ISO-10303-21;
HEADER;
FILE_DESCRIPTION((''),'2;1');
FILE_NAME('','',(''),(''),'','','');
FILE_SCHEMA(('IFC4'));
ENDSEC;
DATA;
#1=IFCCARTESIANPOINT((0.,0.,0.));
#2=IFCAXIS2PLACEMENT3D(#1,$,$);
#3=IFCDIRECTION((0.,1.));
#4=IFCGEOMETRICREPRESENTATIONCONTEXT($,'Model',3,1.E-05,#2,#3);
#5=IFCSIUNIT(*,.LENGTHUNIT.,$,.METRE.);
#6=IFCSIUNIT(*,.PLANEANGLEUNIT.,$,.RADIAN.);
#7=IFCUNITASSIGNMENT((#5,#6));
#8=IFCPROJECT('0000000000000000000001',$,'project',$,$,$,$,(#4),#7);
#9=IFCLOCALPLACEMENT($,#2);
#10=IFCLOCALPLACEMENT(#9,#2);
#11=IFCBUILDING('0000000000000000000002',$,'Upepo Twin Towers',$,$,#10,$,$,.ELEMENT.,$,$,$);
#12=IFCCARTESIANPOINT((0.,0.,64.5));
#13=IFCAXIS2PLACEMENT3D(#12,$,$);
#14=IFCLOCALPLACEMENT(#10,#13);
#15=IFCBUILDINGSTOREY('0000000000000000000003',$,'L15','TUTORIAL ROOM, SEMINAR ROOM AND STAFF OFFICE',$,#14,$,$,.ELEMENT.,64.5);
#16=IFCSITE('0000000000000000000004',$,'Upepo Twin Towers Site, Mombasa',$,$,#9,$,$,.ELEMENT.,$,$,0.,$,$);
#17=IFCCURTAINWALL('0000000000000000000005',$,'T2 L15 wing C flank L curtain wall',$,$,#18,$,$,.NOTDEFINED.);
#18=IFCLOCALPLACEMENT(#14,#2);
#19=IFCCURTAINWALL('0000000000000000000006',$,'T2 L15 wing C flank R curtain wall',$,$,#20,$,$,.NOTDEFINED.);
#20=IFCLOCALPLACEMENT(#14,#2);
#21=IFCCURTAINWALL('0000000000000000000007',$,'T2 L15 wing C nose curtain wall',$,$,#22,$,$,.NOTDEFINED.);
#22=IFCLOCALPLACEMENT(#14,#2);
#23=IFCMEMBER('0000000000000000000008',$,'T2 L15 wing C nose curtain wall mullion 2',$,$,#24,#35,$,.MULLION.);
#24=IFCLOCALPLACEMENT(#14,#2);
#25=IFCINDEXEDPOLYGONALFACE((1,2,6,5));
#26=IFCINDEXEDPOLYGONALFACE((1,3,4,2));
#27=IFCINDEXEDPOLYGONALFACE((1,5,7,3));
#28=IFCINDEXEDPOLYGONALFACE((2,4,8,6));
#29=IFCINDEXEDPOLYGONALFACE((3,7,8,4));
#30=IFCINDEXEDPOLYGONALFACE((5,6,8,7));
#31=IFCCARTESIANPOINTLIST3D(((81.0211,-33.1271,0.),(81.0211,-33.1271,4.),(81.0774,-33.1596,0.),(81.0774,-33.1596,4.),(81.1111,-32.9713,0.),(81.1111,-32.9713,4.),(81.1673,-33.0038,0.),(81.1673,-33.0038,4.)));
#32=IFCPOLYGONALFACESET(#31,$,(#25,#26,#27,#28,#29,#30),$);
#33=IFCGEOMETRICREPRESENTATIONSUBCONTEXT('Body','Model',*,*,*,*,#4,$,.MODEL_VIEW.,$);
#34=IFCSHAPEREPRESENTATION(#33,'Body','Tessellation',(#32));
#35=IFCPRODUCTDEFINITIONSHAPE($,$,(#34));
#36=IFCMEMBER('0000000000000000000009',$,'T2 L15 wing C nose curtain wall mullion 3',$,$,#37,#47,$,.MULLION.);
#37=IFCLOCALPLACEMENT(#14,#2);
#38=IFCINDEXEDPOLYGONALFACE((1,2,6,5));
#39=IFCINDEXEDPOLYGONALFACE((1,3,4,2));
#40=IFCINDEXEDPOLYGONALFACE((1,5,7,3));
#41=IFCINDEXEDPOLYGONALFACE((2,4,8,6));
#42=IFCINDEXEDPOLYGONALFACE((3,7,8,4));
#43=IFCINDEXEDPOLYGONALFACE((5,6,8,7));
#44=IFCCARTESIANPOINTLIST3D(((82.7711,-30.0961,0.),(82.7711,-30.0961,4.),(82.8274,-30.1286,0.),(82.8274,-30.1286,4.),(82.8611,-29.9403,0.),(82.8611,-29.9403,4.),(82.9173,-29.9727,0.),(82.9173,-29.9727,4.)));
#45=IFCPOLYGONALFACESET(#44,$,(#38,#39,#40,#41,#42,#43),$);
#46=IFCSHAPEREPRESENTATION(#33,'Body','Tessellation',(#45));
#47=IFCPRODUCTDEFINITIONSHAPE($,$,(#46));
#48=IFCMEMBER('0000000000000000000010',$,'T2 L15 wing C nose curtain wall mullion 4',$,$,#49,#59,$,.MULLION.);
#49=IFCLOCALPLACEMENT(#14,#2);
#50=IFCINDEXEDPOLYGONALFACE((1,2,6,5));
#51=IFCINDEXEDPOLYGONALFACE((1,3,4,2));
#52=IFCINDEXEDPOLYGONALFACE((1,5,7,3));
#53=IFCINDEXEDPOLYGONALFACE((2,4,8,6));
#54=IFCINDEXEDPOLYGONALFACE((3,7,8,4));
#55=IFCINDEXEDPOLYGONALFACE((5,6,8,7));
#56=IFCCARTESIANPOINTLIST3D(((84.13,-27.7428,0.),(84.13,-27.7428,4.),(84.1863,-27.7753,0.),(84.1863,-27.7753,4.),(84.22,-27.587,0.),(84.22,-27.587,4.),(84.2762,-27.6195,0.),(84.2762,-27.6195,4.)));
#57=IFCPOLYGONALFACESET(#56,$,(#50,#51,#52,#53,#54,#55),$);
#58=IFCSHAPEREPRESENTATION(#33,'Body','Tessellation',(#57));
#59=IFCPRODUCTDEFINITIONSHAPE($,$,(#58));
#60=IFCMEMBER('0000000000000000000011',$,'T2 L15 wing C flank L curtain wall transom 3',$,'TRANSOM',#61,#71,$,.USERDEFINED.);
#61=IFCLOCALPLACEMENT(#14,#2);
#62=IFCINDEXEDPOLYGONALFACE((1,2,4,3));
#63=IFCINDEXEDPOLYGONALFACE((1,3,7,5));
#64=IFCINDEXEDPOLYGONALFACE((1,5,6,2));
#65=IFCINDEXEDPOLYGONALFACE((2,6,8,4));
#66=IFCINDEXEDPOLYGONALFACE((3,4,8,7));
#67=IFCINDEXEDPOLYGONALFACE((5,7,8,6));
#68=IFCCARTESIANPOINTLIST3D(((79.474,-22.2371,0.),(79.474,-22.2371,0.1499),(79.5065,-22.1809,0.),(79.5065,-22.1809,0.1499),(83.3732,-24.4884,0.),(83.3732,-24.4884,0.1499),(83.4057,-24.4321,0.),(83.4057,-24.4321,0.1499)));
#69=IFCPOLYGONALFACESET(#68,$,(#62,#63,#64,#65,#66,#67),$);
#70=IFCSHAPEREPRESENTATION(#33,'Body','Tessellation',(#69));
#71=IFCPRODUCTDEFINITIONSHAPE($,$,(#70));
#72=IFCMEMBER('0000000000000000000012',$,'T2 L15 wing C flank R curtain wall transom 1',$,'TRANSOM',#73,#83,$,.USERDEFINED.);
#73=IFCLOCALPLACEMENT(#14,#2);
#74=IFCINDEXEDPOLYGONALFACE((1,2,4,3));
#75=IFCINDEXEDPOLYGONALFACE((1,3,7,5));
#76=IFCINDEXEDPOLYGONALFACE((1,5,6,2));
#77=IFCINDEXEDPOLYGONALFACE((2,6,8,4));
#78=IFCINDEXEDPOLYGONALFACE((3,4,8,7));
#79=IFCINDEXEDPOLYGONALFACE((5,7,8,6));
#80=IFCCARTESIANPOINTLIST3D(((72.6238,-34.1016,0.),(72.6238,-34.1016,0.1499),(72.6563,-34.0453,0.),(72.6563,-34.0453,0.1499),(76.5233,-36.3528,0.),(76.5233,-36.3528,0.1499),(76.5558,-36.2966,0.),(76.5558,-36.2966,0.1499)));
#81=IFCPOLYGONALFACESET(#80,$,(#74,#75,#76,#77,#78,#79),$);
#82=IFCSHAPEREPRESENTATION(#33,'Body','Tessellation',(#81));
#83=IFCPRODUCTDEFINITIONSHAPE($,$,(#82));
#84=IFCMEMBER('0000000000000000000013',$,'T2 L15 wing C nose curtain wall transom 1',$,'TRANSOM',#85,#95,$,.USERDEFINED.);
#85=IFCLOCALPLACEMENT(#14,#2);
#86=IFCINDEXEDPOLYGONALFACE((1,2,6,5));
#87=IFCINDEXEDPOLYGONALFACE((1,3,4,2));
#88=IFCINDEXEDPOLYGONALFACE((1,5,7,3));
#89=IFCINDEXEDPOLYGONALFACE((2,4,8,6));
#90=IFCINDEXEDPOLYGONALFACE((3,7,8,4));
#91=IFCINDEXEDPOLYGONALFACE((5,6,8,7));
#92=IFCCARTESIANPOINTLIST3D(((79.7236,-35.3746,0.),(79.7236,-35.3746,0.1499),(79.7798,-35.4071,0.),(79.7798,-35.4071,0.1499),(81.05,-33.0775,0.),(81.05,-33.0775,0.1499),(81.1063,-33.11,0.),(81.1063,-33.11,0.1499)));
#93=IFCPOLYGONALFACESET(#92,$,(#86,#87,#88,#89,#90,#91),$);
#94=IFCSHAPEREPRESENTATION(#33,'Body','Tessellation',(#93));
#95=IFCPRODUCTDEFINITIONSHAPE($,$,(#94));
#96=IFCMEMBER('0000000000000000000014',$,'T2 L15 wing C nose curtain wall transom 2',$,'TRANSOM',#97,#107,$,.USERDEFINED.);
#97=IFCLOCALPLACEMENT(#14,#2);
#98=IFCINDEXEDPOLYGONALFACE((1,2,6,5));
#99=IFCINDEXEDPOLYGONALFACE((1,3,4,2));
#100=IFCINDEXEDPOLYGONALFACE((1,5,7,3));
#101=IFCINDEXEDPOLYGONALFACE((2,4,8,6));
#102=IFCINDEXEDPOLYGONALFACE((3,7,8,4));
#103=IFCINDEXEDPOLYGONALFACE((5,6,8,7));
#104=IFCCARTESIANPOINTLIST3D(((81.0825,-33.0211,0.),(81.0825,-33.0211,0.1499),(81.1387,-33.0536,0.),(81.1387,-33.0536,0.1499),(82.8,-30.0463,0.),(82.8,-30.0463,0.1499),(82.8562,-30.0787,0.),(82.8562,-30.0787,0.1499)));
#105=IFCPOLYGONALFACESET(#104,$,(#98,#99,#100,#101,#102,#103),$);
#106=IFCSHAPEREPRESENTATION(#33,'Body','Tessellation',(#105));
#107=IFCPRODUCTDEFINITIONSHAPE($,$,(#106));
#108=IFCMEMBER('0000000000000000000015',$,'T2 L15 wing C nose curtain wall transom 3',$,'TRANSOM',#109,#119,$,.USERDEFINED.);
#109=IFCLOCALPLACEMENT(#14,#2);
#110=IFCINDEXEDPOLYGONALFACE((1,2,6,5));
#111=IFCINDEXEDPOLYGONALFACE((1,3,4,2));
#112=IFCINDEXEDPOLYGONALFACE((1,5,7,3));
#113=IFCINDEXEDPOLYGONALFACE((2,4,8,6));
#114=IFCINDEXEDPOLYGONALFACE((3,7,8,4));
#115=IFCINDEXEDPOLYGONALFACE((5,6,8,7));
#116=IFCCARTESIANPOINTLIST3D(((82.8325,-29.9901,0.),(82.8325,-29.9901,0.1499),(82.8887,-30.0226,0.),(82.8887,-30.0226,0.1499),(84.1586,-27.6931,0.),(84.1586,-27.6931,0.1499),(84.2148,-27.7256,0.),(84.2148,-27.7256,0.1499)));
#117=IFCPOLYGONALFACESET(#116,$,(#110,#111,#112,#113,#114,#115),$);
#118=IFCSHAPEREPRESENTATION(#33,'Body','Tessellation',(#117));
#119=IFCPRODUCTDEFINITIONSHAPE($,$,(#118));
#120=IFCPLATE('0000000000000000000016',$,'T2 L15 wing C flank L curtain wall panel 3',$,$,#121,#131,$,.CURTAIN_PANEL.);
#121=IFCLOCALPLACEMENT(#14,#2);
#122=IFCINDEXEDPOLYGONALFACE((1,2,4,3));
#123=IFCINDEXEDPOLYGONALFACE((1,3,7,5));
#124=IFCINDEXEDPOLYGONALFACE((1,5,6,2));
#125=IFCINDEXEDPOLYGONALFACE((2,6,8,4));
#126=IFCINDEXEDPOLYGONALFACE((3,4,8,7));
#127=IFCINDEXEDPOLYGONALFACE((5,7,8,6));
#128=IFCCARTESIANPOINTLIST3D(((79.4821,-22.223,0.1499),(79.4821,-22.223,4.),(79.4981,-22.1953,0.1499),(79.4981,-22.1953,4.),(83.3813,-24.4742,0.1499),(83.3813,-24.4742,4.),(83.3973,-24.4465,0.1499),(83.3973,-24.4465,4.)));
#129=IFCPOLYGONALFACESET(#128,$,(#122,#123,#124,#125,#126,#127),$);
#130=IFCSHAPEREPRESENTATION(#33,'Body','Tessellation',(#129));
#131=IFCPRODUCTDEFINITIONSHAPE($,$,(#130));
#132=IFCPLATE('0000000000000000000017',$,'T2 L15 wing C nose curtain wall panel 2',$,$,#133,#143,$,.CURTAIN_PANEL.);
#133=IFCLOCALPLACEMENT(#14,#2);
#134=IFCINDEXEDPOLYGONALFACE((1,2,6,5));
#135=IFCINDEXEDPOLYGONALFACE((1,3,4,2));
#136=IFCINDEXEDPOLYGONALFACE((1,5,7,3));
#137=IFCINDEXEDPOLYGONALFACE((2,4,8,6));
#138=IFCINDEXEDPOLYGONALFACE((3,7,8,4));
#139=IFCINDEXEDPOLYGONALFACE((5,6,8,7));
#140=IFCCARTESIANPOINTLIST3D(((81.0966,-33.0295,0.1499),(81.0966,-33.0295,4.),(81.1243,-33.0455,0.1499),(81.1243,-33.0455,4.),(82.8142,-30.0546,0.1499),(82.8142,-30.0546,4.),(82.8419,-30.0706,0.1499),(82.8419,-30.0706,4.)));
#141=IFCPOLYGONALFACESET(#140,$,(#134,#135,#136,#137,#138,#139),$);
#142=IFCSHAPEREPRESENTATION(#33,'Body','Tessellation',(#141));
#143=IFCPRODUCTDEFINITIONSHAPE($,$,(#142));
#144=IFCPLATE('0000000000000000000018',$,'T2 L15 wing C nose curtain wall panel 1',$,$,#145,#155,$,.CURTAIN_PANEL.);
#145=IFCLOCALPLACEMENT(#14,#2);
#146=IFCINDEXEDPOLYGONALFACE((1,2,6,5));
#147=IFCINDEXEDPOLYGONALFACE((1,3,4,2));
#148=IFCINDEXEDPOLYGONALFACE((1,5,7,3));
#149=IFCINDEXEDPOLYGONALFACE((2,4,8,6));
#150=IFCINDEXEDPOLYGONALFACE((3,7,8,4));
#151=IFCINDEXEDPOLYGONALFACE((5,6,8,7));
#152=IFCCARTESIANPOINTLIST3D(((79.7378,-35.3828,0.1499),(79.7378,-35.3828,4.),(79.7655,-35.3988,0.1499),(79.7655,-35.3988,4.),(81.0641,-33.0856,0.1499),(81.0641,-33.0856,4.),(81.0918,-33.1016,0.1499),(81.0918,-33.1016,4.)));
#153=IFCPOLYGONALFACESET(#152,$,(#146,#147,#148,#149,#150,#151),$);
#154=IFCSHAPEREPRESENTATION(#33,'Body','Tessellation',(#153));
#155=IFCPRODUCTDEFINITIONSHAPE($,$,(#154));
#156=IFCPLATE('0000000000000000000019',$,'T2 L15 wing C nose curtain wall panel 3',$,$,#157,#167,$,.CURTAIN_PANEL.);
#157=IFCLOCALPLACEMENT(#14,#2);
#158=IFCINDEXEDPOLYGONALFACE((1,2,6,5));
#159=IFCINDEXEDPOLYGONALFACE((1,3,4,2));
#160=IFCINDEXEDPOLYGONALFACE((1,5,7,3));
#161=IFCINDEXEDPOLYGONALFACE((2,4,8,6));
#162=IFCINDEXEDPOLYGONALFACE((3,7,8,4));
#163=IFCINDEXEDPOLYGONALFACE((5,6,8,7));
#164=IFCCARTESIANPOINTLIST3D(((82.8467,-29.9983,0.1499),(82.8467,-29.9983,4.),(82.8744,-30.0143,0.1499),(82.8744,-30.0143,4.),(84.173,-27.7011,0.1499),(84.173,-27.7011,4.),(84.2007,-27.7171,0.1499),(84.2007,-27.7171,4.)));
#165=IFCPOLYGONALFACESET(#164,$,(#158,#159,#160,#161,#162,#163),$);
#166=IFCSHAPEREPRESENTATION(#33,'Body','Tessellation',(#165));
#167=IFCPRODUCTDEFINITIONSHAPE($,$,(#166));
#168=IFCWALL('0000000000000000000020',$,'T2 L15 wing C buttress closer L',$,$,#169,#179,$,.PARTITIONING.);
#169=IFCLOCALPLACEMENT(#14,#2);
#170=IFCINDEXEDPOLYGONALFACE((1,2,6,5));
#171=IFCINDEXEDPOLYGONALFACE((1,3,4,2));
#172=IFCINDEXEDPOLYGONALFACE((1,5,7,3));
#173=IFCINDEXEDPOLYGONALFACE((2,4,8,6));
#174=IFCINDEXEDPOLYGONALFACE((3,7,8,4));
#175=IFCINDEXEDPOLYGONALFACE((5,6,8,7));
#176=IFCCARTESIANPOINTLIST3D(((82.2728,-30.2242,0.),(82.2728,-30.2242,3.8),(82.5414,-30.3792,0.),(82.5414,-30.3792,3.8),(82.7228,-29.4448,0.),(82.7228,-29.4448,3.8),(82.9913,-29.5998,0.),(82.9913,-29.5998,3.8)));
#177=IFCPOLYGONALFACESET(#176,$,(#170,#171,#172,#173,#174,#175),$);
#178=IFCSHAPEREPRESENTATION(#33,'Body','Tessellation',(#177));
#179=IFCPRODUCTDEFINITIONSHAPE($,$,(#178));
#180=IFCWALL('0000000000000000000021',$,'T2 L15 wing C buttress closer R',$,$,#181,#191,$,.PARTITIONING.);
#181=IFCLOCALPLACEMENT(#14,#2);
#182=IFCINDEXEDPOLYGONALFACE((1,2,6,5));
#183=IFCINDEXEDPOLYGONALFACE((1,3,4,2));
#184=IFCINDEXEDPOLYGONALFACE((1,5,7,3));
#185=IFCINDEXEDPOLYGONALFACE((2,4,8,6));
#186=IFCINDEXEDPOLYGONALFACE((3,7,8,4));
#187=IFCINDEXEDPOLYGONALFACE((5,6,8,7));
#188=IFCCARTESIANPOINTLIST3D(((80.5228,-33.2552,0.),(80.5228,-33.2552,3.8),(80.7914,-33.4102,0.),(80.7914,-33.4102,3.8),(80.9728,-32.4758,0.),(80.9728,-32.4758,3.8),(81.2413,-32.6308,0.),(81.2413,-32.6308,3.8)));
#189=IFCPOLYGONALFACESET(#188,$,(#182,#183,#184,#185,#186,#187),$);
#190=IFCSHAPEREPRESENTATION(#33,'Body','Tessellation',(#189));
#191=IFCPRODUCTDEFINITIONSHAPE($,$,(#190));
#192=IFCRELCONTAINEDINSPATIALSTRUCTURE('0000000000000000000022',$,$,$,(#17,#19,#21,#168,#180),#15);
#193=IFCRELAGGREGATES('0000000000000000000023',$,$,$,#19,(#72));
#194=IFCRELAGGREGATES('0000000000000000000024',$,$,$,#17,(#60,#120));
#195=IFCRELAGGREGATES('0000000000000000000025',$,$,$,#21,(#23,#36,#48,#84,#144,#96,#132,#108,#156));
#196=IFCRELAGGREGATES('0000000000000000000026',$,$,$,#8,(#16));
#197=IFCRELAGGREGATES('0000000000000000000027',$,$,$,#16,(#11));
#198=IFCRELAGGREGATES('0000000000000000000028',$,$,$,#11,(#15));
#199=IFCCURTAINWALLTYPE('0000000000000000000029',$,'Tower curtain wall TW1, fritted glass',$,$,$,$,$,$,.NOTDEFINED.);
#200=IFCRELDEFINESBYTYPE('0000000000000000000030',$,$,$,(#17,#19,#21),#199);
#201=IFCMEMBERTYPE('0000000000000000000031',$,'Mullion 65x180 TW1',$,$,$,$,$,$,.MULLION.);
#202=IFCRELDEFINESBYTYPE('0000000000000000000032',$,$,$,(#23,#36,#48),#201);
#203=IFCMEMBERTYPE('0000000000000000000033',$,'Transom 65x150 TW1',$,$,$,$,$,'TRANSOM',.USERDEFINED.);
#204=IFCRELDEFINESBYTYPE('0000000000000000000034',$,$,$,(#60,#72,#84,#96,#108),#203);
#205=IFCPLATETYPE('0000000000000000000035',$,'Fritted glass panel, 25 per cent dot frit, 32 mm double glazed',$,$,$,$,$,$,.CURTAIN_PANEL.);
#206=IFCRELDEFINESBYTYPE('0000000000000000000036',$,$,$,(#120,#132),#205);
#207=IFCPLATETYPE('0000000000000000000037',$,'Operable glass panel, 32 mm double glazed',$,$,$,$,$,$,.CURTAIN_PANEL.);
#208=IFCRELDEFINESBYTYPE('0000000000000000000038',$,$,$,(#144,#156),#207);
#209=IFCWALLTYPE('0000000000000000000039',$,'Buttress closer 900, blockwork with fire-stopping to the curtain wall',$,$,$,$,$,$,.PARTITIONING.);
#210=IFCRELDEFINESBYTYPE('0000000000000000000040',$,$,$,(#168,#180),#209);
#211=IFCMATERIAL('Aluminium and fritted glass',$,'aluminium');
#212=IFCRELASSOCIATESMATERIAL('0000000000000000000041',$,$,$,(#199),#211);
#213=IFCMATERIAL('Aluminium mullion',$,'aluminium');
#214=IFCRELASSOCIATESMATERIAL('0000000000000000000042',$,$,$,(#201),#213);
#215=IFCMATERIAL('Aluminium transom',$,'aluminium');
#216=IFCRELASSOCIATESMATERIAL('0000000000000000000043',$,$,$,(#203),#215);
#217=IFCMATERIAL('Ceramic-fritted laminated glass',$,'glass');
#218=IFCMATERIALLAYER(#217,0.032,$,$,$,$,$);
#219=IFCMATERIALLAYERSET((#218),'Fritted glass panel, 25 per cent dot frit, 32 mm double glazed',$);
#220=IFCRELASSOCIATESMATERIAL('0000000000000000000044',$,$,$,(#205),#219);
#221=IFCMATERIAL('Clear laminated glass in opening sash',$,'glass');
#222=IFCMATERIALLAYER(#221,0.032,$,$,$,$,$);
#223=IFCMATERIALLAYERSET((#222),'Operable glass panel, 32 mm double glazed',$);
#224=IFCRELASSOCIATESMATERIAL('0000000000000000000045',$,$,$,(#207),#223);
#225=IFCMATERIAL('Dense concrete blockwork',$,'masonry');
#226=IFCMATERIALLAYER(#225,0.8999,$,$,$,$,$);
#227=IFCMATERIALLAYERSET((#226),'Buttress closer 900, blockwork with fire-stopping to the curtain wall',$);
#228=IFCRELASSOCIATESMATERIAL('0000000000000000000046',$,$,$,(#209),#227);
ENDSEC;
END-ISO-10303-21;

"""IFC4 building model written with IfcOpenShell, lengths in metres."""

from ifc_helpers import new_model, si_unit, direction, frame, frame_2d, origin, origin_2d, place, context, subcontext, project, spatial, rectangle, extrude, material, layer, layer_set, material_profile, profile_set, type_object, element, aggregate, save


model = new_model("IFC4")

# Units and contexts
model_context = context("Model", 3, precision=1e-05, world=origin(), true_north=direction((0.0, 1.0)))
body_context = subcontext(model_context, "Body", "Model", "MODEL_VIEW")
ifc_project = project(units=[si_unit("LENGTHUNIT", "METRE"), si_unit("PLANEANGLEUNIT", "RADIAN")], contexts=[model_context])

# Site, building, storey
site_placement = place(None, origin())
site = spatial("IfcSite", under=ifc_project, at=site_placement, Name="Upepo Twin Towers Site, Mombasa", CompositionType="ELEMENT", RefElevation=0.0)
building_placement = place(site_placement, origin())
building = spatial("IfcBuilding", under=site, at=building_placement, Name="Upepo Twin Towers", CompositionType="ELEMENT")
storey_placement = place(building_placement, frame((0.0, 0.0, 64.5)))
storey = spatial("IfcBuildingStorey", under=building, at=storey_placement, Name="L15", Description="TUTORIAL ROOM, SEMINAR ROOM AND STAFF OFFICE", CompositionType="ELEMENT", Elevation=64.5)

# Curtain wall
ifc_material_1 = material(Name="Aluminium and fritted glass", Category="aluminium")
curtain_wall_type = type_object("IfcCurtainWallType", Name="Tower curtain wall TW1, fritted glass", PredefinedType="NOTDEFINED", material=ifc_material_1)
curtain_wall_1_placement = place(storey_placement, origin())
curtain_wall_1 = element("IfcCurtainWall", 1, at=curtain_wall_1_placement, inside=storey, type_object=curtain_wall_type, Name="T2 L15 wing C flank L curtain wall", PredefinedType="NOTDEFINED")
ifc_material_2 = material(Name="Aluminium mullion", Category="aluminium")
ifc_material_profile_1 = material_profile(ifc_material_2, rectangle(XDim=0.0649, YDim=0.1799, at=origin_2d()), Name="MULLION 65x180")
ifc_profile_set_1 = profile_set([ifc_material_profile_1], Name="Aluminium mullion")
member_type_1 = type_object("IfcMemberType", Name="Mullion 65x180 TW1", PredefinedType="MULLION", material=ifc_profile_set_1)

# Curtain wall
curtain_wall_2_placement = place(storey_placement, origin())
curtain_wall_2 = element("IfcCurtainWall", 2, at=curtain_wall_2_placement, inside=storey, type_object=curtain_wall_type, Name="T2 L15 wing C flank R curtain wall", PredefinedType="NOTDEFINED")

# Curtain wall, members
curtain_wall_3_placement = place(storey_placement, origin())
curtain_wall_3 = element("IfcCurtainWall", 3, at=curtain_wall_3_placement, inside=storey, type_object=curtain_wall_type, Name="T2 L15 wing C nose curtain wall", PredefinedType="NOTDEFINED")
member_1_placement = place(storey_placement, frame((81.0942, -33.0654, 0.0), z_axis=(0.0, 0.0, 1.0), x_axis=(-0.866025, 0.5, 0.0)))
member_1 = element("IfcMember", 4, at=member_1_placement, type_object=member_type_1, Name="T2 L15 wing C nose curtain wall mullion 2", PredefinedType="MULLION", context=body_context, shape_type="SweptSolid", body=[
    extrude(rectangle(XDim=0.0649, YDim=0.1799, at=origin_2d()), origin(), (0.0, 0.0, 1.0), 4.0),
])
member_2_placement = place(storey_placement, frame((82.8442, -30.0344, 0.0), z_axis=(0.0, 0.0, 1.0), x_axis=(-0.866025, 0.5, 0.0)))
member_2 = element("IfcMember", 5, at=member_2_placement, type_object=member_type_1, Name="T2 L15 wing C nose curtain wall mullion 3", PredefinedType="MULLION", context=body_context, shape_type="SweptSolid", body=[
    extrude(rectangle(XDim=0.0649, YDim=0.1799, at=origin_2d()), origin(), (0.0, 0.0, 1.0), 4.0),
])
member_3_placement = place(storey_placement, frame((84.2031, -27.6812, 0.0), z_axis=(0.0, 0.0, 1.0), x_axis=(-0.866025, 0.5, 0.0)))
member_3 = element("IfcMember", 6, at=member_3_placement, type_object=member_type_1, Name="T2 L15 wing C nose curtain wall mullion 4", PredefinedType="MULLION", context=body_context, shape_type="SweptSolid", body=[
    extrude(rectangle(XDim=0.0649, YDim=0.1799, at=origin_2d()), origin(), (0.0, 0.0, 1.0), 4.0),
])

# Members
ifc_material_3 = material(Name="Aluminium transom", Category="aluminium")
ifc_material_profile_2 = material_profile(ifc_material_3, rectangle(XDim=0.0649, YDim=0.1499, at=origin_2d()), Name="TRANSOM 65x150")
ifc_profile_set_2 = profile_set([ifc_material_profile_2], Name="Aluminium transom")
member_type_2 = type_object("IfcMemberType", Name="Transom 65x150 TW1", ElementType="TRANSOM", PredefinedType="USERDEFINED", material=ifc_profile_set_2)
member_4_placement = place(storey_placement, frame((79.4902, -22.209, 0.075), z_axis=(0.866022, -0.500006, 0.0), x_axis=(0.500006, 0.866022, 0.0)))
member_4 = element("IfcMember", 7, at=member_4_placement, type_object=member_type_2, Name="T2 L15 wing C flank L curtain wall transom 3", ObjectType="TRANSOM", PredefinedType="USERDEFINED", context=body_context, shape_type="SweptSolid", body=[
    extrude(rectangle(XDim=0.0649, YDim=0.1499, at=origin_2d()), origin(), (0.0, 0.0, 1.0), 4.5024),
])
member_5_placement = place(storey_placement, frame((76.5396, -36.3247, 0.075), z_axis=(-0.866036, 0.499982, 0.0), x_axis=(-0.499982, -0.866036, 0.0)))
member_5 = element("IfcMember", 8, at=member_5_placement, type_object=member_type_2, Name="T2 L15 wing C flank R curtain wall transom 1", ObjectType="TRANSOM", PredefinedType="USERDEFINED", context=body_context, shape_type="SweptSolid", body=[
    extrude(rectangle(XDim=0.0649, YDim=0.1499, at=origin_2d()), origin(), (0.0, 0.0, 1.0), 4.5027),
])
aggregate(curtain_wall_2, [member_5])
member_6_placement = place(storey_placement, frame((79.7517, -35.3909, 0.075), z_axis=(0.500049, 0.865997, 0.0), x_axis=(-0.865997, 0.500049, 0.0)))
member_6 = element("IfcMember", 9, at=member_6_placement, type_object=member_type_2, Name="T2 L15 wing C nose curtain wall transom 1", ObjectType="TRANSOM", PredefinedType="USERDEFINED", context=body_context, shape_type="SweptSolid", body=[
    extrude(rectangle(XDim=0.0649, YDim=0.1499, at=origin_2d()), origin(), (0.0, 0.0, 1.0), 2.6526),
])
member_7_placement = place(storey_placement, frame((81.1106, -33.0374, 0.075), z_axis=(0.499999, 0.866026, 0.0), x_axis=(-0.866026, 0.499999, 0.0)))
member_7 = element("IfcMember", 10, at=member_7_placement, type_object=member_type_2, Name="T2 L15 wing C nose curtain wall transom 2", ObjectType="TRANSOM", PredefinedType="USERDEFINED", context=body_context, shape_type="SweptSolid", body=[
    extrude(rectangle(XDim=0.0649, YDim=0.1499, at=origin_2d()), origin(), (0.0, 0.0, 1.0), 3.4351),
])
member_8_placement = place(storey_placement, frame((82.8606, -30.0063, 0.075), z_axis=(0.49998, 0.866037, 0.0), x_axis=(-0.866037, 0.49998, 0.0)))
member_8 = element("IfcMember", 11, at=member_8_placement, type_object=member_type_2, Name="T2 L15 wing C nose curtain wall transom 3", ObjectType="TRANSOM", PredefinedType="USERDEFINED", context=body_context, shape_type="SweptSolid", body=[
    extrude(rectangle(XDim=0.0649, YDim=0.1499, at=origin_2d()), origin(), (0.0, 0.0, 1.0), 2.6523),
])

# Plates
ifc_material_4 = material(Name="Ceramic-fritted laminated glass", Category="glass")
ifc_layer_1 = layer(ifc_material_4, 0.032)
ifc_layer_set_1 = layer_set([ifc_layer_1], Name="Fritted glass panel, 25 per cent dot frit, 32 mm double glazed")
plate_type_1 = type_object("IfcPlateType", Name="Fritted glass panel, 25 per cent dot frit, 32 mm double glazed", PredefinedType="CURTAIN_PANEL", material=ifc_layer_set_1)
plate_1_placement = place(storey_placement, frame((81.4397, -23.3347, 0.1499), z_axis=(0.0, 0.0, 1.0), x_axis=(0.866025, -0.5, 0.0)))
plate_1 = element("IfcPlate", 12, at=plate_1_placement, type_object=plate_type_1, Name="T2 L15 wing C flank L curtain wall panel 3", PredefinedType="CURTAIN_PANEL", context=body_context, shape_type="SweptSolid", body=[
    extrude(rectangle(XDim=4.5024, YDim=0.032, at=origin_2d()), origin(), (0.0, 0.0, 1.0), 3.8501),
])
aggregate(curtain_wall_1, [member_4, plate_1])
plate_2_placement = place(storey_placement, frame((81.9692, -31.55, 0.1499), z_axis=(0.0, 0.0, 1.0), x_axis=(0.5, 0.866025, 0.0)))
plate_2 = element("IfcPlate", 13, at=plate_2_placement, type_object=plate_type_1, Name="T2 L15 wing C nose curtain wall panel 2", PredefinedType="CURTAIN_PANEL", context=body_context, shape_type="SweptSolid", body=[
    extrude(rectangle(XDim=3.4351, YDim=0.032, at=origin_2d()), origin(), (0.0, 0.0, 1.0), 3.8501),
])
ifc_material_5 = material(Name="Clear laminated glass in opening sash", Category="glass")
ifc_layer_2 = layer(ifc_material_5, 0.032)
ifc_layer_set_2 = layer_set([ifc_layer_2], Name="Operable glass panel, 32 mm double glazed")
plate_type_2 = type_object("IfcPlateType", Name="Operable glass panel, 32 mm double glazed", PredefinedType="CURTAIN_PANEL", material=ifc_layer_set_2)
plate_3_placement = place(storey_placement, frame((80.4148, -34.2422, 0.1499), z_axis=(0.0, 0.0, 1.0), x_axis=(0.5, 0.866025, 0.0)))
plate_3 = element("IfcPlate", 14, at=plate_3_placement, type_object=plate_type_2, Name="T2 L15 wing C nose curtain wall panel 1", PredefinedType="CURTAIN_PANEL", context=body_context, shape_type="SweptSolid", body=[
    extrude(rectangle(XDim=2.6526, YDim=0.032, at=origin_2d()), origin(), (0.0, 0.0, 1.0), 3.8501),
])
plate_4_placement = place(storey_placement, frame((83.5237, -28.8577, 0.1499), z_axis=(0.0, 0.0, 1.0), x_axis=(0.5, 0.866025, 0.0)))
plate_4 = element("IfcPlate", 15, at=plate_4_placement, type_object=plate_type_2, Name="T2 L15 wing C nose curtain wall panel 3", PredefinedType="CURTAIN_PANEL", context=body_context, shape_type="SweptSolid", body=[
    extrude(rectangle(XDim=2.6526, YDim=0.032, at=origin_2d()), origin(), (0.0, 0.0, 1.0), 3.8501),
])
aggregate(curtain_wall_3, [member_1, member_2, member_3, member_6, plate_3, member_7, plate_2, member_8, plate_4])

# Walls
ifc_material_6 = material(Name="Dense concrete blockwork", Category="masonry")
ifc_layer_3 = layer(ifc_material_6, 0.8999)
ifc_layer_set_3 = layer_set([ifc_layer_3], Name="Buttress closer 900, blockwork with fire-stopping to the curtain wall")
wall_type_1 = type_object("IfcWallType", Name="Buttress closer 900, blockwork with fire-stopping to the curtain wall", PredefinedType="PARTITIONING", material=ifc_layer_set_3)
for number, where, z_axis, x_axis, name in (
    (16, (82.4978, -29.8345, 0.0), (0.0, 0.0, 1.0), (0.866054, -0.49995, 0.0), "T2 L15 wing C buttress closer L"),
    (17, (80.7478, -32.8655, 0.0), (0.0, 0.0, 1.0), (0.866054, -0.49995, 0.0), "T2 L15 wing C buttress closer R"),
):
    element("IfcWall", number, at=place(storey_placement, frame(where, z_axis=z_axis, x_axis=x_axis)), inside=storey, type_object=wall_type_1, Name=name, PredefinedType="PARTITIONING", context=body_context, shape_type="SweptSolid", body=[
        extrude(rectangle(XDim=0.3101, YDim=0.8999, at=frame_2d((0.155, 0.0))), origin(), (0.0, 0.0, 1.0), 3.8),
    ])

save(model, "model.ifc")
